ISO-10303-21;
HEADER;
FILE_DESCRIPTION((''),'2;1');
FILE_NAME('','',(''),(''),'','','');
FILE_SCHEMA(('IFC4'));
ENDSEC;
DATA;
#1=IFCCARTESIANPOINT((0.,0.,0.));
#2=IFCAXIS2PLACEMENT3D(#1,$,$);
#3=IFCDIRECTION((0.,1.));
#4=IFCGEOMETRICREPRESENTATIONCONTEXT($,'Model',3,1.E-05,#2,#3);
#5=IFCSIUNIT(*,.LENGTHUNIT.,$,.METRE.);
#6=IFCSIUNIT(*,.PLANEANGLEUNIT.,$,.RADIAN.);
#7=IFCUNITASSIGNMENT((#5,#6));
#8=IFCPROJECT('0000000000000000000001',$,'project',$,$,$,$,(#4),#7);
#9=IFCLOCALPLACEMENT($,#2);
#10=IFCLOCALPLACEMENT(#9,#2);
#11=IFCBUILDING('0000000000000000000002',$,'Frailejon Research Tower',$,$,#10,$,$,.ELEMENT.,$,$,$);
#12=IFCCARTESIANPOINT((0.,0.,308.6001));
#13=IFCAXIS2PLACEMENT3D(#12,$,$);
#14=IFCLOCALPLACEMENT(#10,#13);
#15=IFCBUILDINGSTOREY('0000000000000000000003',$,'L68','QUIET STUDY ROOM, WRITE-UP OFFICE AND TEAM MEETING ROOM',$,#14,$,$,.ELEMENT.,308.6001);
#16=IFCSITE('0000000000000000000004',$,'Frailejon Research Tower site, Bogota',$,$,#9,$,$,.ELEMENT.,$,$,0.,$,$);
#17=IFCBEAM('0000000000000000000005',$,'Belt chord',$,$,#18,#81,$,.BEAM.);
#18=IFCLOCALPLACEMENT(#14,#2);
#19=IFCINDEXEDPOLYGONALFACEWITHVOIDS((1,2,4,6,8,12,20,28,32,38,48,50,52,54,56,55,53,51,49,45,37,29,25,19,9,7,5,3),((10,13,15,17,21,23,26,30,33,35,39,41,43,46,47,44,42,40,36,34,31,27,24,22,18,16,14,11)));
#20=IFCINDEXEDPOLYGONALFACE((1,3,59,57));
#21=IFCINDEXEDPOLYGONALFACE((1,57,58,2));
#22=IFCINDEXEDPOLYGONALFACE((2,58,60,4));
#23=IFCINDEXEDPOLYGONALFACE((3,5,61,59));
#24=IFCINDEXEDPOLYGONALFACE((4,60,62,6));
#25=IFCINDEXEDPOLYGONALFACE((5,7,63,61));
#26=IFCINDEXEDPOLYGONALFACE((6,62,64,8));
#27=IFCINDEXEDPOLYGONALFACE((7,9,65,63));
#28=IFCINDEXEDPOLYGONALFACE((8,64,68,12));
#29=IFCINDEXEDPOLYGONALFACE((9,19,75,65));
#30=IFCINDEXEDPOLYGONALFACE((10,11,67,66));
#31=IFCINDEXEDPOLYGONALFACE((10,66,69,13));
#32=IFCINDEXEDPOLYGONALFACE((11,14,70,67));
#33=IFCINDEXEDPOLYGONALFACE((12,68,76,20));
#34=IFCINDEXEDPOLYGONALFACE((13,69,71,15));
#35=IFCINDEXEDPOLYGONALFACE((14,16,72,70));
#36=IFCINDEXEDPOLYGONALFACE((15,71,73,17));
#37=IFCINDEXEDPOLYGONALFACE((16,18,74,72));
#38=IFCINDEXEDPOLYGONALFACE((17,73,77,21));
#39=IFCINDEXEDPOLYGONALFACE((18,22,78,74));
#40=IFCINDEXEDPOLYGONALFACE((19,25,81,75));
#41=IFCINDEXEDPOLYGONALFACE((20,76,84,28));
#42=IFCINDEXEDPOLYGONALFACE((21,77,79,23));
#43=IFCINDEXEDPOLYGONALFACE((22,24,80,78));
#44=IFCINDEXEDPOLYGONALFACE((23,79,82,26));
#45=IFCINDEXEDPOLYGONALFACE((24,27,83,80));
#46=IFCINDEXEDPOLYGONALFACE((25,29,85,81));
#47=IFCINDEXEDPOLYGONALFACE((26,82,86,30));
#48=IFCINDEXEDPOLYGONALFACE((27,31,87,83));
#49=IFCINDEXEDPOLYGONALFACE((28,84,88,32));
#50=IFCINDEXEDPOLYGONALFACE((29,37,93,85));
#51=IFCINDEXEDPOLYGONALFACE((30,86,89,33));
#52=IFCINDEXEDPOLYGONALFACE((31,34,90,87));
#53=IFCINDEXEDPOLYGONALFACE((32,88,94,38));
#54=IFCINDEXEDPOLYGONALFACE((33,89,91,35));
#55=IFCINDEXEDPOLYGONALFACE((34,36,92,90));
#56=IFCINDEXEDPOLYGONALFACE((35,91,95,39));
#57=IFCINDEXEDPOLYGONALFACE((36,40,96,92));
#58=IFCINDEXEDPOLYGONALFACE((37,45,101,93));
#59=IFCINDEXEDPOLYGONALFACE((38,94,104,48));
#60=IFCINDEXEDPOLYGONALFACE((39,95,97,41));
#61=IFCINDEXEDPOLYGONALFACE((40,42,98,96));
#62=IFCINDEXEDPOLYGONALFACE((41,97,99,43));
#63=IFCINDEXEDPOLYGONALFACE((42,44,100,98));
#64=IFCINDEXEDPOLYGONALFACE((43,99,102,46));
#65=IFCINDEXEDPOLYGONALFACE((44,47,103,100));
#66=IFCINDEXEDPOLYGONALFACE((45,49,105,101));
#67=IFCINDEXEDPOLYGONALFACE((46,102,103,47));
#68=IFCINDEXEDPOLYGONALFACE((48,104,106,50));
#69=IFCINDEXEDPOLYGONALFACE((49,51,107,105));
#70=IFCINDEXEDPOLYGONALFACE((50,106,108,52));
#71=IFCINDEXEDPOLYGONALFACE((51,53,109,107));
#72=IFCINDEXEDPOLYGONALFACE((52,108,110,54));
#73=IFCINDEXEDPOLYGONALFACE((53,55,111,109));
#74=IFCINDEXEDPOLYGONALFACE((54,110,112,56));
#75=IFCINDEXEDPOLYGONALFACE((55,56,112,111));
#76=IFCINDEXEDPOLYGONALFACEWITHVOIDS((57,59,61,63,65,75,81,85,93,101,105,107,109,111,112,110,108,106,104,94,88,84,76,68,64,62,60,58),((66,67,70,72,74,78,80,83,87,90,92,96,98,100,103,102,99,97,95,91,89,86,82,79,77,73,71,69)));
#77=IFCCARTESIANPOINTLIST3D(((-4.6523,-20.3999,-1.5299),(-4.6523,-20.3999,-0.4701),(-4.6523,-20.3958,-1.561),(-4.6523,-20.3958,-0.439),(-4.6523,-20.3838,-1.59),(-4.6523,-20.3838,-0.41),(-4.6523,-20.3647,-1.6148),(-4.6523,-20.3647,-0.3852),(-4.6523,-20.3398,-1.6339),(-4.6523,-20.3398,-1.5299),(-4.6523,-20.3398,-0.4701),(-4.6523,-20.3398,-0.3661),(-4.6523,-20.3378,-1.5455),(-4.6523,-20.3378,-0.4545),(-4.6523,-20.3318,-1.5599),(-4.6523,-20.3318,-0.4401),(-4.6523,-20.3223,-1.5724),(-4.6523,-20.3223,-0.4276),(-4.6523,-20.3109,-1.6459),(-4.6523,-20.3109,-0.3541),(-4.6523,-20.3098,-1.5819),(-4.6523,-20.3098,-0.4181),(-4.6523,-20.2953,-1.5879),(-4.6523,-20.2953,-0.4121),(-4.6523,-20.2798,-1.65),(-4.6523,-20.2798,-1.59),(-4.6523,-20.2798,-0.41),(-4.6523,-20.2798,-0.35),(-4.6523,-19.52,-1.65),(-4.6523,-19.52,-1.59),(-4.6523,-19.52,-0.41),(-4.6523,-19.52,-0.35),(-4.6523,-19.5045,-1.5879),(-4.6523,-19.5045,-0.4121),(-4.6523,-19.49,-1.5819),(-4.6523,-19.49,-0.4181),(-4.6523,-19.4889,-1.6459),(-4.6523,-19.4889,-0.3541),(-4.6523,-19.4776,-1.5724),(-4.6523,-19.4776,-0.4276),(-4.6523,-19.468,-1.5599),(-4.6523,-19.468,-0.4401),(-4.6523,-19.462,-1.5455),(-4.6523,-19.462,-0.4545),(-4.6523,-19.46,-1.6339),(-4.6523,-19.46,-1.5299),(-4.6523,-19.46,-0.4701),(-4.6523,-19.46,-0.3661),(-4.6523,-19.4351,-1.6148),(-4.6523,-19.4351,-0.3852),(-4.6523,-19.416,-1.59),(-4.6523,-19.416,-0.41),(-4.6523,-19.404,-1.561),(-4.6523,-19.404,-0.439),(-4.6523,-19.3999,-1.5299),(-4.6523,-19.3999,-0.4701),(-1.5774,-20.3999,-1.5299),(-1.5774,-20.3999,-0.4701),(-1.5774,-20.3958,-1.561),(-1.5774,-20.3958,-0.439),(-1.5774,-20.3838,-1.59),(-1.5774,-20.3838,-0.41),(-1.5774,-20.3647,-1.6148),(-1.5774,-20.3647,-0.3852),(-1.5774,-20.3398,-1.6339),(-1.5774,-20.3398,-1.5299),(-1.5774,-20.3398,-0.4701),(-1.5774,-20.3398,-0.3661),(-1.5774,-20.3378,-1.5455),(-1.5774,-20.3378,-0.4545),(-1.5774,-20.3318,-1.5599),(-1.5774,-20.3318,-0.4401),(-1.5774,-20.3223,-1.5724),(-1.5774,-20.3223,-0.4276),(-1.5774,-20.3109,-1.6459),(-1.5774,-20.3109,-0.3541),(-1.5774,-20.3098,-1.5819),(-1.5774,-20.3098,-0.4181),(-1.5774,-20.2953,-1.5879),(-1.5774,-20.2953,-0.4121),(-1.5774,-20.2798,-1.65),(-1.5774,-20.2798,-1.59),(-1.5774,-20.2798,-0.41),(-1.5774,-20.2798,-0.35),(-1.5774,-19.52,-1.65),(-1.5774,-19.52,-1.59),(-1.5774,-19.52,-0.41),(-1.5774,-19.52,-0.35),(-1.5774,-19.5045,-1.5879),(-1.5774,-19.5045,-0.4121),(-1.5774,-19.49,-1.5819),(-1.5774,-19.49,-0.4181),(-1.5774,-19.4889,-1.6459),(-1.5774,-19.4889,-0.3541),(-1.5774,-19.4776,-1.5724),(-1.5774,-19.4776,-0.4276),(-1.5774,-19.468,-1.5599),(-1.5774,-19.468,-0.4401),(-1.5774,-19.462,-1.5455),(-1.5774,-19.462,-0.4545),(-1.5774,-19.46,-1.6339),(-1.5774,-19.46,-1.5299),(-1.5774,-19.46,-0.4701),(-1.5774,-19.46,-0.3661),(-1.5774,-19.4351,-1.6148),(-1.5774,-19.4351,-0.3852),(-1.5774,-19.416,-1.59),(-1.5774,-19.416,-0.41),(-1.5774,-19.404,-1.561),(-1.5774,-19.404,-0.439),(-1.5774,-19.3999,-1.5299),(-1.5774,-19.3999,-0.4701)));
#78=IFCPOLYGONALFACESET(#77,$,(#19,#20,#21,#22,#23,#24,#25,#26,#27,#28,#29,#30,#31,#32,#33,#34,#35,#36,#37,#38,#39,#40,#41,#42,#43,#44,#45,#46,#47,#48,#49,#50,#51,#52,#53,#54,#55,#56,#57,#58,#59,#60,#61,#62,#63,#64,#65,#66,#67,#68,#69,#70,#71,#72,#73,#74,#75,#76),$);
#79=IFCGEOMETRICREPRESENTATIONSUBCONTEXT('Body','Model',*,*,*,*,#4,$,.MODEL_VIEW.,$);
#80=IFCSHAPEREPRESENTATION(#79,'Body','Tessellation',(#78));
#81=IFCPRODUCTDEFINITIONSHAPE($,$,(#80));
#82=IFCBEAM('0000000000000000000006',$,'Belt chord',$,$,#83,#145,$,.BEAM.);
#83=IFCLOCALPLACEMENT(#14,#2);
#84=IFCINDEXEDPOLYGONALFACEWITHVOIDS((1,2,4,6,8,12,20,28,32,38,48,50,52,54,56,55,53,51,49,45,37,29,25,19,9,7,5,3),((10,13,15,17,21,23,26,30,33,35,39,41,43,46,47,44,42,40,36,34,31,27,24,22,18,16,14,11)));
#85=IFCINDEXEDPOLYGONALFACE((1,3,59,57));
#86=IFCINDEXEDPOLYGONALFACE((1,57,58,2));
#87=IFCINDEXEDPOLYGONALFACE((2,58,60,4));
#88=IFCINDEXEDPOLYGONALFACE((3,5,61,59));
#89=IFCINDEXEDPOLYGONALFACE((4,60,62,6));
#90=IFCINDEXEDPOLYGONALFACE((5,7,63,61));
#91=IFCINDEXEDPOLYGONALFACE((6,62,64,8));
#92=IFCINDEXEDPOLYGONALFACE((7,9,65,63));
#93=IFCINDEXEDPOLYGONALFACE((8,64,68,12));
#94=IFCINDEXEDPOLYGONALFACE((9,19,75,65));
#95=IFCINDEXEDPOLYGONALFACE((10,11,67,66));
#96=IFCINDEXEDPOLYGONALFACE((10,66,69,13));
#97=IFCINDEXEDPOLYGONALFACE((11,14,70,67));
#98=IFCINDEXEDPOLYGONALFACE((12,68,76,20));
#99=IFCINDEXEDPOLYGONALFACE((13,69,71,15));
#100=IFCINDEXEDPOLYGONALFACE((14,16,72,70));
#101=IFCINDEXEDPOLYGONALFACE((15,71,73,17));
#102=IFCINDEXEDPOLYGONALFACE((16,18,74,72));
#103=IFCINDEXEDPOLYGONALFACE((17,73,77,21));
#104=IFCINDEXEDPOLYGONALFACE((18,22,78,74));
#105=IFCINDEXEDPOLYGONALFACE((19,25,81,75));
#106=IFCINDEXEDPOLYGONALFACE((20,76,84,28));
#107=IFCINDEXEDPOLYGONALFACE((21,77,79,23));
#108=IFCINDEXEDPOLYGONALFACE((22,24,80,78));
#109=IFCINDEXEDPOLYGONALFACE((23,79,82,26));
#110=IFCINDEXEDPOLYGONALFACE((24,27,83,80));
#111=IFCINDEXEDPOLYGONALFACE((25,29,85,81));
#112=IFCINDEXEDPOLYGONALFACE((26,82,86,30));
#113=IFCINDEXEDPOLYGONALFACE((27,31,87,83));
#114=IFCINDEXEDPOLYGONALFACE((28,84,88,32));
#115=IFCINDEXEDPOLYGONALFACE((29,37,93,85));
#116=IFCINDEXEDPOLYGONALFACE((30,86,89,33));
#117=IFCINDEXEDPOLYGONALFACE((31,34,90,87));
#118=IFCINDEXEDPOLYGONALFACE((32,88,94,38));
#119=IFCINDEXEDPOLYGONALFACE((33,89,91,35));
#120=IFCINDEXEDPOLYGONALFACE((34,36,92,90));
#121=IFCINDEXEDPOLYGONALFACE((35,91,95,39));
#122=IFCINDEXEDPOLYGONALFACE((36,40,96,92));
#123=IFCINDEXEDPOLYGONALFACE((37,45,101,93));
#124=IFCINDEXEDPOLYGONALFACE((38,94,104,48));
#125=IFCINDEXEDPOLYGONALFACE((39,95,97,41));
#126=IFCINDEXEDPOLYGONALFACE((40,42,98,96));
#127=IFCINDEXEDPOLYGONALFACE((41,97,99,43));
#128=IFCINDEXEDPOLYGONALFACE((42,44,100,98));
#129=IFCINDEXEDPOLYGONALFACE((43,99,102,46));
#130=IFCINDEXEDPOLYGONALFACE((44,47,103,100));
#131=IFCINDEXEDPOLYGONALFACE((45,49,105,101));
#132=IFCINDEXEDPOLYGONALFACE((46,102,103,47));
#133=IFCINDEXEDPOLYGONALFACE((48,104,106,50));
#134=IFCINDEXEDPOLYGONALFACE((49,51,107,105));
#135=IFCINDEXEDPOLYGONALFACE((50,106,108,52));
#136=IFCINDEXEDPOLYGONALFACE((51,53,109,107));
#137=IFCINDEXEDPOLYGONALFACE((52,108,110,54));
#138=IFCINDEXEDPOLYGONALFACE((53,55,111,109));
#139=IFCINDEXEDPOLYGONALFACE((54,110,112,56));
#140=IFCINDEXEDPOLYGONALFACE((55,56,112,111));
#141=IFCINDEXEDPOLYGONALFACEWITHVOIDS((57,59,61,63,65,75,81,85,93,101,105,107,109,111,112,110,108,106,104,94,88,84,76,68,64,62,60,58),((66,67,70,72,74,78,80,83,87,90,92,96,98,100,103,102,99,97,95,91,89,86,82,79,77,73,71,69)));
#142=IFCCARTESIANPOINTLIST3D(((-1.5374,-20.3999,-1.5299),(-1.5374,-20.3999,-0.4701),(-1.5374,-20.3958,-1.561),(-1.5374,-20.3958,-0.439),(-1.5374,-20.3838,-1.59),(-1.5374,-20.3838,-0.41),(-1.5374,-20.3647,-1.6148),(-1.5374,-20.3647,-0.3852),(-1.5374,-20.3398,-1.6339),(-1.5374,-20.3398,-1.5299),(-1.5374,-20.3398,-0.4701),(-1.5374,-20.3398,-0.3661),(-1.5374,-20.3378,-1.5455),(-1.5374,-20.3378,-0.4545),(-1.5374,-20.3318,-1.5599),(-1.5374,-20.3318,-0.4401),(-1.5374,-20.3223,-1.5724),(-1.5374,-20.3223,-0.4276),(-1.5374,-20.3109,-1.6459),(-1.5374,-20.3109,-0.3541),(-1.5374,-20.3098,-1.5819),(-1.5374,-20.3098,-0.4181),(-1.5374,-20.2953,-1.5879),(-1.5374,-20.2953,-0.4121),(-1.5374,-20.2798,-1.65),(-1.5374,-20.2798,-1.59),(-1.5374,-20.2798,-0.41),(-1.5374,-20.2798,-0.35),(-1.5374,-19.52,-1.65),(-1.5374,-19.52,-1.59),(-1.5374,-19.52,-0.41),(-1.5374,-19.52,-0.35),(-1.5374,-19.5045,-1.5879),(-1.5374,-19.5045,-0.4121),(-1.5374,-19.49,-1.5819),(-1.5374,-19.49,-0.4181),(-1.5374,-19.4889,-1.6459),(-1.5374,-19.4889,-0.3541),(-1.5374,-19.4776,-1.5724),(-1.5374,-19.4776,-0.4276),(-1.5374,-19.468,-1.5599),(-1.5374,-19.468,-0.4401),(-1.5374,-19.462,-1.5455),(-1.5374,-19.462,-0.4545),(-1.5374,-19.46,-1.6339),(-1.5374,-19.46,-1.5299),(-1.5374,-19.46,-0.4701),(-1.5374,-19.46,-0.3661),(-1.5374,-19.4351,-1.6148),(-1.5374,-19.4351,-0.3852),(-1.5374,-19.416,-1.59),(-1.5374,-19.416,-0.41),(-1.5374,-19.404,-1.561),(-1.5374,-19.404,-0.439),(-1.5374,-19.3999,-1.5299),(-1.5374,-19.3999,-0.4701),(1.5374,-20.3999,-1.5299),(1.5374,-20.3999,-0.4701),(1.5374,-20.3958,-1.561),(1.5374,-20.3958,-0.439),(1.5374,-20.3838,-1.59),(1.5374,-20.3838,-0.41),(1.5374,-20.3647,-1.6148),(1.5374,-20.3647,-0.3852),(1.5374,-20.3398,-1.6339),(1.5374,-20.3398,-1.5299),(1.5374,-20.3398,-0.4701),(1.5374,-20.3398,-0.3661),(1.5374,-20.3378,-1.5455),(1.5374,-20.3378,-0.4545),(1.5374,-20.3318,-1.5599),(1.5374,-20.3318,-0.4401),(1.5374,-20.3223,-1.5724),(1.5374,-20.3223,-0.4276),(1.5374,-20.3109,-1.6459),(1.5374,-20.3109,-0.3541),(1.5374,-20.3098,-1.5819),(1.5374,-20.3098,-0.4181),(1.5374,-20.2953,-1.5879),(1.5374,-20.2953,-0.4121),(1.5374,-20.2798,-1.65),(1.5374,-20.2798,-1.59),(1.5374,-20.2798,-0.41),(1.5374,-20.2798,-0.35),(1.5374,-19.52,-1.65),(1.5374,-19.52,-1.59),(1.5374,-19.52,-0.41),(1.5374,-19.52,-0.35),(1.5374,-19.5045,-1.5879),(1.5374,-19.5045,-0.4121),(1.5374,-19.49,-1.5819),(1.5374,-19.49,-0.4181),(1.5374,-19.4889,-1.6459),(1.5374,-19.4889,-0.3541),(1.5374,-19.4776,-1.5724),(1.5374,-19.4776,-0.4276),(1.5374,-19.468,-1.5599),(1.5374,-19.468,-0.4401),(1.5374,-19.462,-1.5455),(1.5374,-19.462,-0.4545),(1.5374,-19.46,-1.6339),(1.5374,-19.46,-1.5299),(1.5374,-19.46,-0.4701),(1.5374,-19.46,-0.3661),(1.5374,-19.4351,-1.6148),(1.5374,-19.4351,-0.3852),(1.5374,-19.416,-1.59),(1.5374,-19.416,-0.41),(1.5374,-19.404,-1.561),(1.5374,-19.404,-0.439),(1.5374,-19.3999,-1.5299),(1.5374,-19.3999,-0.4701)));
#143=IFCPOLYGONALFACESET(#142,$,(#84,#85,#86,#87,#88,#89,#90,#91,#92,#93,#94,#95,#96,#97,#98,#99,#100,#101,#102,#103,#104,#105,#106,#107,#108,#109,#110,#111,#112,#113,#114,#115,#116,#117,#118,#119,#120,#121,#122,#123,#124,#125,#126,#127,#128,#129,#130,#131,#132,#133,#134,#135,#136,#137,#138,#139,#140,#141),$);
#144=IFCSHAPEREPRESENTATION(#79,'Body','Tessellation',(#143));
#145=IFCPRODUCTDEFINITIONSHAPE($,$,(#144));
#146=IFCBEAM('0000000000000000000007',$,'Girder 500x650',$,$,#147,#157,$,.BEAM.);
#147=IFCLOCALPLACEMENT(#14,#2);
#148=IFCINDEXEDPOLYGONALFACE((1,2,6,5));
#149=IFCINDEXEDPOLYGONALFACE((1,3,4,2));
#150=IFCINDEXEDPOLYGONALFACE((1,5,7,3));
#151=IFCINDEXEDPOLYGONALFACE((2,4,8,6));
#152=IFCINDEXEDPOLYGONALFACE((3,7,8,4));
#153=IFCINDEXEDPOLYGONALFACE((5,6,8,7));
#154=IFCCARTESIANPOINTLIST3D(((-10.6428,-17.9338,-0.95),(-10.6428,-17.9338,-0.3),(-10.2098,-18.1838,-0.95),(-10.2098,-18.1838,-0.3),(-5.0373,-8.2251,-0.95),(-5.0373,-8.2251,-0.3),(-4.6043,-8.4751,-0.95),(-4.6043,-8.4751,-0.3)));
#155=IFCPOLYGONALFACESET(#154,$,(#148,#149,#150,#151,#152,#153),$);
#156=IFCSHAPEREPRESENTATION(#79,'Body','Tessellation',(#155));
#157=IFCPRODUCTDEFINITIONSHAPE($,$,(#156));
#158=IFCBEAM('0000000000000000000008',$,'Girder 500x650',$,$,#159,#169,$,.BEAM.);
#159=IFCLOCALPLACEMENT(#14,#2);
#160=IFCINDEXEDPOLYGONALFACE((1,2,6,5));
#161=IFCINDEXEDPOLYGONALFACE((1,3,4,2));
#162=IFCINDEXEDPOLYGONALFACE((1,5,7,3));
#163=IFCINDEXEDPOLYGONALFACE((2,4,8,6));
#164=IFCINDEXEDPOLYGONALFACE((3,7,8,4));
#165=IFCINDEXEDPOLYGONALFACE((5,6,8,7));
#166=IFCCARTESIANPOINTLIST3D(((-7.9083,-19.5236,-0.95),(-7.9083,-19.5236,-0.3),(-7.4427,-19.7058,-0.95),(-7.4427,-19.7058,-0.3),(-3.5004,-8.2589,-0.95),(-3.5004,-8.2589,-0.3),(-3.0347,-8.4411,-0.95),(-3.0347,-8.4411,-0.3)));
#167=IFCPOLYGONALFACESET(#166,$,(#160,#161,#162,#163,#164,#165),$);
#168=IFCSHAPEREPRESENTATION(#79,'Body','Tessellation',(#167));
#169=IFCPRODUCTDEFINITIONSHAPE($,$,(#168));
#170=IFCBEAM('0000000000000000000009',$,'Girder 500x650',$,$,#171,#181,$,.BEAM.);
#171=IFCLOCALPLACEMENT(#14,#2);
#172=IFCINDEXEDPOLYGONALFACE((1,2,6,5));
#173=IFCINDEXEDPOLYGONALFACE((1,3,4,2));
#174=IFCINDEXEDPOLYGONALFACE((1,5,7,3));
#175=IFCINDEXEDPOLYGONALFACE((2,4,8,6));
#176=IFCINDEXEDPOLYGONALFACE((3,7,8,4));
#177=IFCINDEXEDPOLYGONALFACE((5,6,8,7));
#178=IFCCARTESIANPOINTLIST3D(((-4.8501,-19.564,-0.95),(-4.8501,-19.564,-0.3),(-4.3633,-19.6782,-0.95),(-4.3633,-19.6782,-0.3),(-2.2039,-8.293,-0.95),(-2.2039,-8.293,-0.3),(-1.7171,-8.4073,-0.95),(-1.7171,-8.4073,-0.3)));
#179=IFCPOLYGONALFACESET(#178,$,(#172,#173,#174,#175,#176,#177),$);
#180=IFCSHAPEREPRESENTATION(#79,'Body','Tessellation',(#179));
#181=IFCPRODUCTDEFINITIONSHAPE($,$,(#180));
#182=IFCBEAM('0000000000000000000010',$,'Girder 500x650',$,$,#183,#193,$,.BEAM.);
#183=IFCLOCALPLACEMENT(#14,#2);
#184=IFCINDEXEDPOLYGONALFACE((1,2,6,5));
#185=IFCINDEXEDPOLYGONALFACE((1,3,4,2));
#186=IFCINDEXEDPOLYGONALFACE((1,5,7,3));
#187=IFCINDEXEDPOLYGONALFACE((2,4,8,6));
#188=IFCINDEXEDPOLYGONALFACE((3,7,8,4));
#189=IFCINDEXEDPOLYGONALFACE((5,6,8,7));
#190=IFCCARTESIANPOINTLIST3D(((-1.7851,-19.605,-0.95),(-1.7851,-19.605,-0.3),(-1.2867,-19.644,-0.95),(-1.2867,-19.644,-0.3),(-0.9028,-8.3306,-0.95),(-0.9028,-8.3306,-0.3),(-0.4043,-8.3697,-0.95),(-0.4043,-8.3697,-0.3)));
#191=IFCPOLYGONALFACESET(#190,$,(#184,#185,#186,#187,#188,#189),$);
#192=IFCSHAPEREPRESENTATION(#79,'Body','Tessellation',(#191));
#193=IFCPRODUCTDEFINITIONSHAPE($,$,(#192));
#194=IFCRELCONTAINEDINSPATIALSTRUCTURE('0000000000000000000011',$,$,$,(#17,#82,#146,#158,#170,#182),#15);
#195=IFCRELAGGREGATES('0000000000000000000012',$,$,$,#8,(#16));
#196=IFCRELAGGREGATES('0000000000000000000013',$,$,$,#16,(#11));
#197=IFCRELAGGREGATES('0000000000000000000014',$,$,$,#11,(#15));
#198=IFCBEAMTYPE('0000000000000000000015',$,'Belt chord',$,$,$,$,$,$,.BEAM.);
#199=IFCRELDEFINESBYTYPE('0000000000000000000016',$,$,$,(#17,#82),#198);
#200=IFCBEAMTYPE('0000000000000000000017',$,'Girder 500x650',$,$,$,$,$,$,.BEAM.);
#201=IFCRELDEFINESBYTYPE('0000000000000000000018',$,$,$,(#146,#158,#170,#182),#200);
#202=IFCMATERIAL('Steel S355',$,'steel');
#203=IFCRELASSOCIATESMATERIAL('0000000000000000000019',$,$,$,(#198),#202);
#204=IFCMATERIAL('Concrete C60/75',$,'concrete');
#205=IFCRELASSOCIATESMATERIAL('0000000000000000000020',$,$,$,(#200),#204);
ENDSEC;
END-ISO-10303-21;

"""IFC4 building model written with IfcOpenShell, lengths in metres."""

from ifc_helpers import new_model, si_unit, direction, frame, origin, origin_2d, place, context, subcontext, project, spatial, rectangle, hollow_rectangle, extrude, material, material_profile, profile_set, type_object, element, save


model = new_model("IFC4")

# Units and contexts
model_context = context("Model", 3, precision=1e-05, world=origin(), true_north=direction((0.0, 1.0)))
body_context = subcontext(model_context, "Body", "Model", "MODEL_VIEW")
ifc_project = project(units=[si_unit("LENGTHUNIT", "METRE"), si_unit("PLANEANGLEUNIT", "RADIAN")], contexts=[model_context])

# Site, building, storey
site_placement = place(None, origin())
site = spatial("IfcSite", under=ifc_project, at=site_placement, Name="Frailejon Research Tower site, Bogota", CompositionType="ELEMENT", RefElevation=0.0)
building_placement = place(site_placement, origin())
building = spatial("IfcBuilding", under=site, at=building_placement, Name="Frailejon Research Tower", CompositionType="ELEMENT")
storey_placement = place(building_placement, frame((0.0, 0.0, 308.6001)))
storey = spatial("IfcBuildingStorey", under=building, at=storey_placement, Name="L68", Description="QUIET STUDY ROOM, WRITE-UP OFFICE AND TEAM MEETING ROOM", CompositionType="ELEMENT", Elevation=308.6001)

# Beams
ifc_material_1 = material(Name="Steel S355", Category="steel")
ifc_material_profile_1 = material_profile(ifc_material_1, hollow_rectangle(XDim=1.0, YDim=1.3, WallThickness=0.0601, InnerFilletRadius=0.0601, OuterFilletRadius=0.1201, at=origin_2d()), Name="Belt chord")
ifc_profile_set_1 = profile_set([ifc_material_profile_1], Name="Steel S355")
beam_type_1 = type_object("IfcBeamType", Name="Belt chord", PredefinedType="BEAM", material=ifc_profile_set_1)
beam_1_placement = place(storey_placement, frame((-4.6523, -19.8999, -1.0), z_axis=(1.0, 0.0, 0.0), x_axis=(0.0, 1.0, 0.0)))
element("IfcBeam", 1, at=beam_1_placement, inside=storey, type_object=beam_type_1, Name="Belt chord", PredefinedType="BEAM", context=body_context, shape_type="SweptSolid", body=[
    extrude(hollow_rectangle(XDim=1.0, YDim=1.3, WallThickness=0.0601, InnerFilletRadius=0.0601, OuterFilletRadius=0.1201, at=origin_2d()), origin(), (0.0, 0.0, 1.0), 3.075),
])
beam_2_placement = place(storey_placement, frame((-1.5374, -19.8999, -1.0), z_axis=(1.0, 0.0, 0.0), x_axis=(0.0, 1.0, 0.0)))
element("IfcBeam", 2, at=beam_2_placement, inside=storey, type_object=beam_type_1, Name="Belt chord", PredefinedType="BEAM", context=body_context, shape_type="SweptSolid", body=[
    extrude(hollow_rectangle(XDim=1.0, YDim=1.3, WallThickness=0.0601, InnerFilletRadius=0.0601, OuterFilletRadius=0.1201, at=origin_2d()), origin(), (0.0, 0.0, 1.0), 3.0747),
])
ifc_material_2 = material(Name="Concrete C60/75", Category="concrete")
ifc_material_profile_2 = material_profile(ifc_material_2, rectangle(XDim=0.5, YDim=0.6499, at=origin_2d()), Name="Girder 500x650")
ifc_profile_set_2 = profile_set([ifc_material_profile_2], Name="Concrete C60/75")
beam_type_2 = type_object("IfcBeamType", Name="Girder 500x650", PredefinedType="BEAM", material=ifc_profile_set_2)
beam_3_placement = place(storey_placement, frame((-10.4263, -18.0588, -0.625), z_axis=(0.500008, 0.866021, 0.0), x_axis=(-0.866021, 0.500008, 0.0)))
element("IfcBeam", 3, at=beam_3_placement, inside=storey, type_object=beam_type_2, Name="Girder 500x650", PredefinedType="BEAM", context=body_context, shape_type="SweptSolid", body=[
    extrude(rectangle(XDim=0.5, YDim=0.6499, at=origin_2d()), origin(), (0.0, 0.0, 1.0), 11.2107),
])
beam_4_placement = place(storey_placement, frame((-7.6755, -19.6147, -0.625), z_axis=(0.364403, 0.931241, 0.0), x_axis=(-0.931241, 0.364403, 0.0)))
element("IfcBeam", 4, at=beam_4_placement, inside=storey, type_object=beam_type_2, Name="Girder 500x650", PredefinedType="BEAM", context=body_context, shape_type="SweptSolid", body=[
    extrude(rectangle(XDim=0.5, YDim=0.6499, at=origin_2d()), origin(), (0.0, 0.0, 1.0), 12.0964),
])
beam_5_placement = place(storey_placement, frame((-4.6067, -19.6211, -0.625), z_axis=(0.228568, 0.973528, 0.0), x_axis=(-0.973528, 0.228568, 0.0)))
element("IfcBeam", 5, at=beam_5_placement, inside=storey, type_object=beam_type_2, Name="Girder 500x650", PredefinedType="BEAM", context=body_context, shape_type="SweptSolid", body=[
    extrude(rectangle(XDim=0.5, YDim=0.6499, at=origin_2d()), origin(), (0.0, 0.0, 1.0), 11.5774),
])
beam_6_placement = place(storey_placement, frame((-1.5359, -19.6245, -0.625), z_axis=(0.07802, 0.996952, 0.0), x_axis=(-0.996952, 0.07802, 0.0)))
element("IfcBeam", 6, at=beam_6_placement, inside=storey, type_object=beam_type_2, Name="Girder 500x650", PredefinedType="BEAM", context=body_context, shape_type="SweptSolid", body=[
    extrude(rectangle(XDim=0.5, YDim=0.6499, at=origin_2d()), origin(), (0.0, 0.0, 1.0), 11.3088),
])

save(model, "model.ifc")
